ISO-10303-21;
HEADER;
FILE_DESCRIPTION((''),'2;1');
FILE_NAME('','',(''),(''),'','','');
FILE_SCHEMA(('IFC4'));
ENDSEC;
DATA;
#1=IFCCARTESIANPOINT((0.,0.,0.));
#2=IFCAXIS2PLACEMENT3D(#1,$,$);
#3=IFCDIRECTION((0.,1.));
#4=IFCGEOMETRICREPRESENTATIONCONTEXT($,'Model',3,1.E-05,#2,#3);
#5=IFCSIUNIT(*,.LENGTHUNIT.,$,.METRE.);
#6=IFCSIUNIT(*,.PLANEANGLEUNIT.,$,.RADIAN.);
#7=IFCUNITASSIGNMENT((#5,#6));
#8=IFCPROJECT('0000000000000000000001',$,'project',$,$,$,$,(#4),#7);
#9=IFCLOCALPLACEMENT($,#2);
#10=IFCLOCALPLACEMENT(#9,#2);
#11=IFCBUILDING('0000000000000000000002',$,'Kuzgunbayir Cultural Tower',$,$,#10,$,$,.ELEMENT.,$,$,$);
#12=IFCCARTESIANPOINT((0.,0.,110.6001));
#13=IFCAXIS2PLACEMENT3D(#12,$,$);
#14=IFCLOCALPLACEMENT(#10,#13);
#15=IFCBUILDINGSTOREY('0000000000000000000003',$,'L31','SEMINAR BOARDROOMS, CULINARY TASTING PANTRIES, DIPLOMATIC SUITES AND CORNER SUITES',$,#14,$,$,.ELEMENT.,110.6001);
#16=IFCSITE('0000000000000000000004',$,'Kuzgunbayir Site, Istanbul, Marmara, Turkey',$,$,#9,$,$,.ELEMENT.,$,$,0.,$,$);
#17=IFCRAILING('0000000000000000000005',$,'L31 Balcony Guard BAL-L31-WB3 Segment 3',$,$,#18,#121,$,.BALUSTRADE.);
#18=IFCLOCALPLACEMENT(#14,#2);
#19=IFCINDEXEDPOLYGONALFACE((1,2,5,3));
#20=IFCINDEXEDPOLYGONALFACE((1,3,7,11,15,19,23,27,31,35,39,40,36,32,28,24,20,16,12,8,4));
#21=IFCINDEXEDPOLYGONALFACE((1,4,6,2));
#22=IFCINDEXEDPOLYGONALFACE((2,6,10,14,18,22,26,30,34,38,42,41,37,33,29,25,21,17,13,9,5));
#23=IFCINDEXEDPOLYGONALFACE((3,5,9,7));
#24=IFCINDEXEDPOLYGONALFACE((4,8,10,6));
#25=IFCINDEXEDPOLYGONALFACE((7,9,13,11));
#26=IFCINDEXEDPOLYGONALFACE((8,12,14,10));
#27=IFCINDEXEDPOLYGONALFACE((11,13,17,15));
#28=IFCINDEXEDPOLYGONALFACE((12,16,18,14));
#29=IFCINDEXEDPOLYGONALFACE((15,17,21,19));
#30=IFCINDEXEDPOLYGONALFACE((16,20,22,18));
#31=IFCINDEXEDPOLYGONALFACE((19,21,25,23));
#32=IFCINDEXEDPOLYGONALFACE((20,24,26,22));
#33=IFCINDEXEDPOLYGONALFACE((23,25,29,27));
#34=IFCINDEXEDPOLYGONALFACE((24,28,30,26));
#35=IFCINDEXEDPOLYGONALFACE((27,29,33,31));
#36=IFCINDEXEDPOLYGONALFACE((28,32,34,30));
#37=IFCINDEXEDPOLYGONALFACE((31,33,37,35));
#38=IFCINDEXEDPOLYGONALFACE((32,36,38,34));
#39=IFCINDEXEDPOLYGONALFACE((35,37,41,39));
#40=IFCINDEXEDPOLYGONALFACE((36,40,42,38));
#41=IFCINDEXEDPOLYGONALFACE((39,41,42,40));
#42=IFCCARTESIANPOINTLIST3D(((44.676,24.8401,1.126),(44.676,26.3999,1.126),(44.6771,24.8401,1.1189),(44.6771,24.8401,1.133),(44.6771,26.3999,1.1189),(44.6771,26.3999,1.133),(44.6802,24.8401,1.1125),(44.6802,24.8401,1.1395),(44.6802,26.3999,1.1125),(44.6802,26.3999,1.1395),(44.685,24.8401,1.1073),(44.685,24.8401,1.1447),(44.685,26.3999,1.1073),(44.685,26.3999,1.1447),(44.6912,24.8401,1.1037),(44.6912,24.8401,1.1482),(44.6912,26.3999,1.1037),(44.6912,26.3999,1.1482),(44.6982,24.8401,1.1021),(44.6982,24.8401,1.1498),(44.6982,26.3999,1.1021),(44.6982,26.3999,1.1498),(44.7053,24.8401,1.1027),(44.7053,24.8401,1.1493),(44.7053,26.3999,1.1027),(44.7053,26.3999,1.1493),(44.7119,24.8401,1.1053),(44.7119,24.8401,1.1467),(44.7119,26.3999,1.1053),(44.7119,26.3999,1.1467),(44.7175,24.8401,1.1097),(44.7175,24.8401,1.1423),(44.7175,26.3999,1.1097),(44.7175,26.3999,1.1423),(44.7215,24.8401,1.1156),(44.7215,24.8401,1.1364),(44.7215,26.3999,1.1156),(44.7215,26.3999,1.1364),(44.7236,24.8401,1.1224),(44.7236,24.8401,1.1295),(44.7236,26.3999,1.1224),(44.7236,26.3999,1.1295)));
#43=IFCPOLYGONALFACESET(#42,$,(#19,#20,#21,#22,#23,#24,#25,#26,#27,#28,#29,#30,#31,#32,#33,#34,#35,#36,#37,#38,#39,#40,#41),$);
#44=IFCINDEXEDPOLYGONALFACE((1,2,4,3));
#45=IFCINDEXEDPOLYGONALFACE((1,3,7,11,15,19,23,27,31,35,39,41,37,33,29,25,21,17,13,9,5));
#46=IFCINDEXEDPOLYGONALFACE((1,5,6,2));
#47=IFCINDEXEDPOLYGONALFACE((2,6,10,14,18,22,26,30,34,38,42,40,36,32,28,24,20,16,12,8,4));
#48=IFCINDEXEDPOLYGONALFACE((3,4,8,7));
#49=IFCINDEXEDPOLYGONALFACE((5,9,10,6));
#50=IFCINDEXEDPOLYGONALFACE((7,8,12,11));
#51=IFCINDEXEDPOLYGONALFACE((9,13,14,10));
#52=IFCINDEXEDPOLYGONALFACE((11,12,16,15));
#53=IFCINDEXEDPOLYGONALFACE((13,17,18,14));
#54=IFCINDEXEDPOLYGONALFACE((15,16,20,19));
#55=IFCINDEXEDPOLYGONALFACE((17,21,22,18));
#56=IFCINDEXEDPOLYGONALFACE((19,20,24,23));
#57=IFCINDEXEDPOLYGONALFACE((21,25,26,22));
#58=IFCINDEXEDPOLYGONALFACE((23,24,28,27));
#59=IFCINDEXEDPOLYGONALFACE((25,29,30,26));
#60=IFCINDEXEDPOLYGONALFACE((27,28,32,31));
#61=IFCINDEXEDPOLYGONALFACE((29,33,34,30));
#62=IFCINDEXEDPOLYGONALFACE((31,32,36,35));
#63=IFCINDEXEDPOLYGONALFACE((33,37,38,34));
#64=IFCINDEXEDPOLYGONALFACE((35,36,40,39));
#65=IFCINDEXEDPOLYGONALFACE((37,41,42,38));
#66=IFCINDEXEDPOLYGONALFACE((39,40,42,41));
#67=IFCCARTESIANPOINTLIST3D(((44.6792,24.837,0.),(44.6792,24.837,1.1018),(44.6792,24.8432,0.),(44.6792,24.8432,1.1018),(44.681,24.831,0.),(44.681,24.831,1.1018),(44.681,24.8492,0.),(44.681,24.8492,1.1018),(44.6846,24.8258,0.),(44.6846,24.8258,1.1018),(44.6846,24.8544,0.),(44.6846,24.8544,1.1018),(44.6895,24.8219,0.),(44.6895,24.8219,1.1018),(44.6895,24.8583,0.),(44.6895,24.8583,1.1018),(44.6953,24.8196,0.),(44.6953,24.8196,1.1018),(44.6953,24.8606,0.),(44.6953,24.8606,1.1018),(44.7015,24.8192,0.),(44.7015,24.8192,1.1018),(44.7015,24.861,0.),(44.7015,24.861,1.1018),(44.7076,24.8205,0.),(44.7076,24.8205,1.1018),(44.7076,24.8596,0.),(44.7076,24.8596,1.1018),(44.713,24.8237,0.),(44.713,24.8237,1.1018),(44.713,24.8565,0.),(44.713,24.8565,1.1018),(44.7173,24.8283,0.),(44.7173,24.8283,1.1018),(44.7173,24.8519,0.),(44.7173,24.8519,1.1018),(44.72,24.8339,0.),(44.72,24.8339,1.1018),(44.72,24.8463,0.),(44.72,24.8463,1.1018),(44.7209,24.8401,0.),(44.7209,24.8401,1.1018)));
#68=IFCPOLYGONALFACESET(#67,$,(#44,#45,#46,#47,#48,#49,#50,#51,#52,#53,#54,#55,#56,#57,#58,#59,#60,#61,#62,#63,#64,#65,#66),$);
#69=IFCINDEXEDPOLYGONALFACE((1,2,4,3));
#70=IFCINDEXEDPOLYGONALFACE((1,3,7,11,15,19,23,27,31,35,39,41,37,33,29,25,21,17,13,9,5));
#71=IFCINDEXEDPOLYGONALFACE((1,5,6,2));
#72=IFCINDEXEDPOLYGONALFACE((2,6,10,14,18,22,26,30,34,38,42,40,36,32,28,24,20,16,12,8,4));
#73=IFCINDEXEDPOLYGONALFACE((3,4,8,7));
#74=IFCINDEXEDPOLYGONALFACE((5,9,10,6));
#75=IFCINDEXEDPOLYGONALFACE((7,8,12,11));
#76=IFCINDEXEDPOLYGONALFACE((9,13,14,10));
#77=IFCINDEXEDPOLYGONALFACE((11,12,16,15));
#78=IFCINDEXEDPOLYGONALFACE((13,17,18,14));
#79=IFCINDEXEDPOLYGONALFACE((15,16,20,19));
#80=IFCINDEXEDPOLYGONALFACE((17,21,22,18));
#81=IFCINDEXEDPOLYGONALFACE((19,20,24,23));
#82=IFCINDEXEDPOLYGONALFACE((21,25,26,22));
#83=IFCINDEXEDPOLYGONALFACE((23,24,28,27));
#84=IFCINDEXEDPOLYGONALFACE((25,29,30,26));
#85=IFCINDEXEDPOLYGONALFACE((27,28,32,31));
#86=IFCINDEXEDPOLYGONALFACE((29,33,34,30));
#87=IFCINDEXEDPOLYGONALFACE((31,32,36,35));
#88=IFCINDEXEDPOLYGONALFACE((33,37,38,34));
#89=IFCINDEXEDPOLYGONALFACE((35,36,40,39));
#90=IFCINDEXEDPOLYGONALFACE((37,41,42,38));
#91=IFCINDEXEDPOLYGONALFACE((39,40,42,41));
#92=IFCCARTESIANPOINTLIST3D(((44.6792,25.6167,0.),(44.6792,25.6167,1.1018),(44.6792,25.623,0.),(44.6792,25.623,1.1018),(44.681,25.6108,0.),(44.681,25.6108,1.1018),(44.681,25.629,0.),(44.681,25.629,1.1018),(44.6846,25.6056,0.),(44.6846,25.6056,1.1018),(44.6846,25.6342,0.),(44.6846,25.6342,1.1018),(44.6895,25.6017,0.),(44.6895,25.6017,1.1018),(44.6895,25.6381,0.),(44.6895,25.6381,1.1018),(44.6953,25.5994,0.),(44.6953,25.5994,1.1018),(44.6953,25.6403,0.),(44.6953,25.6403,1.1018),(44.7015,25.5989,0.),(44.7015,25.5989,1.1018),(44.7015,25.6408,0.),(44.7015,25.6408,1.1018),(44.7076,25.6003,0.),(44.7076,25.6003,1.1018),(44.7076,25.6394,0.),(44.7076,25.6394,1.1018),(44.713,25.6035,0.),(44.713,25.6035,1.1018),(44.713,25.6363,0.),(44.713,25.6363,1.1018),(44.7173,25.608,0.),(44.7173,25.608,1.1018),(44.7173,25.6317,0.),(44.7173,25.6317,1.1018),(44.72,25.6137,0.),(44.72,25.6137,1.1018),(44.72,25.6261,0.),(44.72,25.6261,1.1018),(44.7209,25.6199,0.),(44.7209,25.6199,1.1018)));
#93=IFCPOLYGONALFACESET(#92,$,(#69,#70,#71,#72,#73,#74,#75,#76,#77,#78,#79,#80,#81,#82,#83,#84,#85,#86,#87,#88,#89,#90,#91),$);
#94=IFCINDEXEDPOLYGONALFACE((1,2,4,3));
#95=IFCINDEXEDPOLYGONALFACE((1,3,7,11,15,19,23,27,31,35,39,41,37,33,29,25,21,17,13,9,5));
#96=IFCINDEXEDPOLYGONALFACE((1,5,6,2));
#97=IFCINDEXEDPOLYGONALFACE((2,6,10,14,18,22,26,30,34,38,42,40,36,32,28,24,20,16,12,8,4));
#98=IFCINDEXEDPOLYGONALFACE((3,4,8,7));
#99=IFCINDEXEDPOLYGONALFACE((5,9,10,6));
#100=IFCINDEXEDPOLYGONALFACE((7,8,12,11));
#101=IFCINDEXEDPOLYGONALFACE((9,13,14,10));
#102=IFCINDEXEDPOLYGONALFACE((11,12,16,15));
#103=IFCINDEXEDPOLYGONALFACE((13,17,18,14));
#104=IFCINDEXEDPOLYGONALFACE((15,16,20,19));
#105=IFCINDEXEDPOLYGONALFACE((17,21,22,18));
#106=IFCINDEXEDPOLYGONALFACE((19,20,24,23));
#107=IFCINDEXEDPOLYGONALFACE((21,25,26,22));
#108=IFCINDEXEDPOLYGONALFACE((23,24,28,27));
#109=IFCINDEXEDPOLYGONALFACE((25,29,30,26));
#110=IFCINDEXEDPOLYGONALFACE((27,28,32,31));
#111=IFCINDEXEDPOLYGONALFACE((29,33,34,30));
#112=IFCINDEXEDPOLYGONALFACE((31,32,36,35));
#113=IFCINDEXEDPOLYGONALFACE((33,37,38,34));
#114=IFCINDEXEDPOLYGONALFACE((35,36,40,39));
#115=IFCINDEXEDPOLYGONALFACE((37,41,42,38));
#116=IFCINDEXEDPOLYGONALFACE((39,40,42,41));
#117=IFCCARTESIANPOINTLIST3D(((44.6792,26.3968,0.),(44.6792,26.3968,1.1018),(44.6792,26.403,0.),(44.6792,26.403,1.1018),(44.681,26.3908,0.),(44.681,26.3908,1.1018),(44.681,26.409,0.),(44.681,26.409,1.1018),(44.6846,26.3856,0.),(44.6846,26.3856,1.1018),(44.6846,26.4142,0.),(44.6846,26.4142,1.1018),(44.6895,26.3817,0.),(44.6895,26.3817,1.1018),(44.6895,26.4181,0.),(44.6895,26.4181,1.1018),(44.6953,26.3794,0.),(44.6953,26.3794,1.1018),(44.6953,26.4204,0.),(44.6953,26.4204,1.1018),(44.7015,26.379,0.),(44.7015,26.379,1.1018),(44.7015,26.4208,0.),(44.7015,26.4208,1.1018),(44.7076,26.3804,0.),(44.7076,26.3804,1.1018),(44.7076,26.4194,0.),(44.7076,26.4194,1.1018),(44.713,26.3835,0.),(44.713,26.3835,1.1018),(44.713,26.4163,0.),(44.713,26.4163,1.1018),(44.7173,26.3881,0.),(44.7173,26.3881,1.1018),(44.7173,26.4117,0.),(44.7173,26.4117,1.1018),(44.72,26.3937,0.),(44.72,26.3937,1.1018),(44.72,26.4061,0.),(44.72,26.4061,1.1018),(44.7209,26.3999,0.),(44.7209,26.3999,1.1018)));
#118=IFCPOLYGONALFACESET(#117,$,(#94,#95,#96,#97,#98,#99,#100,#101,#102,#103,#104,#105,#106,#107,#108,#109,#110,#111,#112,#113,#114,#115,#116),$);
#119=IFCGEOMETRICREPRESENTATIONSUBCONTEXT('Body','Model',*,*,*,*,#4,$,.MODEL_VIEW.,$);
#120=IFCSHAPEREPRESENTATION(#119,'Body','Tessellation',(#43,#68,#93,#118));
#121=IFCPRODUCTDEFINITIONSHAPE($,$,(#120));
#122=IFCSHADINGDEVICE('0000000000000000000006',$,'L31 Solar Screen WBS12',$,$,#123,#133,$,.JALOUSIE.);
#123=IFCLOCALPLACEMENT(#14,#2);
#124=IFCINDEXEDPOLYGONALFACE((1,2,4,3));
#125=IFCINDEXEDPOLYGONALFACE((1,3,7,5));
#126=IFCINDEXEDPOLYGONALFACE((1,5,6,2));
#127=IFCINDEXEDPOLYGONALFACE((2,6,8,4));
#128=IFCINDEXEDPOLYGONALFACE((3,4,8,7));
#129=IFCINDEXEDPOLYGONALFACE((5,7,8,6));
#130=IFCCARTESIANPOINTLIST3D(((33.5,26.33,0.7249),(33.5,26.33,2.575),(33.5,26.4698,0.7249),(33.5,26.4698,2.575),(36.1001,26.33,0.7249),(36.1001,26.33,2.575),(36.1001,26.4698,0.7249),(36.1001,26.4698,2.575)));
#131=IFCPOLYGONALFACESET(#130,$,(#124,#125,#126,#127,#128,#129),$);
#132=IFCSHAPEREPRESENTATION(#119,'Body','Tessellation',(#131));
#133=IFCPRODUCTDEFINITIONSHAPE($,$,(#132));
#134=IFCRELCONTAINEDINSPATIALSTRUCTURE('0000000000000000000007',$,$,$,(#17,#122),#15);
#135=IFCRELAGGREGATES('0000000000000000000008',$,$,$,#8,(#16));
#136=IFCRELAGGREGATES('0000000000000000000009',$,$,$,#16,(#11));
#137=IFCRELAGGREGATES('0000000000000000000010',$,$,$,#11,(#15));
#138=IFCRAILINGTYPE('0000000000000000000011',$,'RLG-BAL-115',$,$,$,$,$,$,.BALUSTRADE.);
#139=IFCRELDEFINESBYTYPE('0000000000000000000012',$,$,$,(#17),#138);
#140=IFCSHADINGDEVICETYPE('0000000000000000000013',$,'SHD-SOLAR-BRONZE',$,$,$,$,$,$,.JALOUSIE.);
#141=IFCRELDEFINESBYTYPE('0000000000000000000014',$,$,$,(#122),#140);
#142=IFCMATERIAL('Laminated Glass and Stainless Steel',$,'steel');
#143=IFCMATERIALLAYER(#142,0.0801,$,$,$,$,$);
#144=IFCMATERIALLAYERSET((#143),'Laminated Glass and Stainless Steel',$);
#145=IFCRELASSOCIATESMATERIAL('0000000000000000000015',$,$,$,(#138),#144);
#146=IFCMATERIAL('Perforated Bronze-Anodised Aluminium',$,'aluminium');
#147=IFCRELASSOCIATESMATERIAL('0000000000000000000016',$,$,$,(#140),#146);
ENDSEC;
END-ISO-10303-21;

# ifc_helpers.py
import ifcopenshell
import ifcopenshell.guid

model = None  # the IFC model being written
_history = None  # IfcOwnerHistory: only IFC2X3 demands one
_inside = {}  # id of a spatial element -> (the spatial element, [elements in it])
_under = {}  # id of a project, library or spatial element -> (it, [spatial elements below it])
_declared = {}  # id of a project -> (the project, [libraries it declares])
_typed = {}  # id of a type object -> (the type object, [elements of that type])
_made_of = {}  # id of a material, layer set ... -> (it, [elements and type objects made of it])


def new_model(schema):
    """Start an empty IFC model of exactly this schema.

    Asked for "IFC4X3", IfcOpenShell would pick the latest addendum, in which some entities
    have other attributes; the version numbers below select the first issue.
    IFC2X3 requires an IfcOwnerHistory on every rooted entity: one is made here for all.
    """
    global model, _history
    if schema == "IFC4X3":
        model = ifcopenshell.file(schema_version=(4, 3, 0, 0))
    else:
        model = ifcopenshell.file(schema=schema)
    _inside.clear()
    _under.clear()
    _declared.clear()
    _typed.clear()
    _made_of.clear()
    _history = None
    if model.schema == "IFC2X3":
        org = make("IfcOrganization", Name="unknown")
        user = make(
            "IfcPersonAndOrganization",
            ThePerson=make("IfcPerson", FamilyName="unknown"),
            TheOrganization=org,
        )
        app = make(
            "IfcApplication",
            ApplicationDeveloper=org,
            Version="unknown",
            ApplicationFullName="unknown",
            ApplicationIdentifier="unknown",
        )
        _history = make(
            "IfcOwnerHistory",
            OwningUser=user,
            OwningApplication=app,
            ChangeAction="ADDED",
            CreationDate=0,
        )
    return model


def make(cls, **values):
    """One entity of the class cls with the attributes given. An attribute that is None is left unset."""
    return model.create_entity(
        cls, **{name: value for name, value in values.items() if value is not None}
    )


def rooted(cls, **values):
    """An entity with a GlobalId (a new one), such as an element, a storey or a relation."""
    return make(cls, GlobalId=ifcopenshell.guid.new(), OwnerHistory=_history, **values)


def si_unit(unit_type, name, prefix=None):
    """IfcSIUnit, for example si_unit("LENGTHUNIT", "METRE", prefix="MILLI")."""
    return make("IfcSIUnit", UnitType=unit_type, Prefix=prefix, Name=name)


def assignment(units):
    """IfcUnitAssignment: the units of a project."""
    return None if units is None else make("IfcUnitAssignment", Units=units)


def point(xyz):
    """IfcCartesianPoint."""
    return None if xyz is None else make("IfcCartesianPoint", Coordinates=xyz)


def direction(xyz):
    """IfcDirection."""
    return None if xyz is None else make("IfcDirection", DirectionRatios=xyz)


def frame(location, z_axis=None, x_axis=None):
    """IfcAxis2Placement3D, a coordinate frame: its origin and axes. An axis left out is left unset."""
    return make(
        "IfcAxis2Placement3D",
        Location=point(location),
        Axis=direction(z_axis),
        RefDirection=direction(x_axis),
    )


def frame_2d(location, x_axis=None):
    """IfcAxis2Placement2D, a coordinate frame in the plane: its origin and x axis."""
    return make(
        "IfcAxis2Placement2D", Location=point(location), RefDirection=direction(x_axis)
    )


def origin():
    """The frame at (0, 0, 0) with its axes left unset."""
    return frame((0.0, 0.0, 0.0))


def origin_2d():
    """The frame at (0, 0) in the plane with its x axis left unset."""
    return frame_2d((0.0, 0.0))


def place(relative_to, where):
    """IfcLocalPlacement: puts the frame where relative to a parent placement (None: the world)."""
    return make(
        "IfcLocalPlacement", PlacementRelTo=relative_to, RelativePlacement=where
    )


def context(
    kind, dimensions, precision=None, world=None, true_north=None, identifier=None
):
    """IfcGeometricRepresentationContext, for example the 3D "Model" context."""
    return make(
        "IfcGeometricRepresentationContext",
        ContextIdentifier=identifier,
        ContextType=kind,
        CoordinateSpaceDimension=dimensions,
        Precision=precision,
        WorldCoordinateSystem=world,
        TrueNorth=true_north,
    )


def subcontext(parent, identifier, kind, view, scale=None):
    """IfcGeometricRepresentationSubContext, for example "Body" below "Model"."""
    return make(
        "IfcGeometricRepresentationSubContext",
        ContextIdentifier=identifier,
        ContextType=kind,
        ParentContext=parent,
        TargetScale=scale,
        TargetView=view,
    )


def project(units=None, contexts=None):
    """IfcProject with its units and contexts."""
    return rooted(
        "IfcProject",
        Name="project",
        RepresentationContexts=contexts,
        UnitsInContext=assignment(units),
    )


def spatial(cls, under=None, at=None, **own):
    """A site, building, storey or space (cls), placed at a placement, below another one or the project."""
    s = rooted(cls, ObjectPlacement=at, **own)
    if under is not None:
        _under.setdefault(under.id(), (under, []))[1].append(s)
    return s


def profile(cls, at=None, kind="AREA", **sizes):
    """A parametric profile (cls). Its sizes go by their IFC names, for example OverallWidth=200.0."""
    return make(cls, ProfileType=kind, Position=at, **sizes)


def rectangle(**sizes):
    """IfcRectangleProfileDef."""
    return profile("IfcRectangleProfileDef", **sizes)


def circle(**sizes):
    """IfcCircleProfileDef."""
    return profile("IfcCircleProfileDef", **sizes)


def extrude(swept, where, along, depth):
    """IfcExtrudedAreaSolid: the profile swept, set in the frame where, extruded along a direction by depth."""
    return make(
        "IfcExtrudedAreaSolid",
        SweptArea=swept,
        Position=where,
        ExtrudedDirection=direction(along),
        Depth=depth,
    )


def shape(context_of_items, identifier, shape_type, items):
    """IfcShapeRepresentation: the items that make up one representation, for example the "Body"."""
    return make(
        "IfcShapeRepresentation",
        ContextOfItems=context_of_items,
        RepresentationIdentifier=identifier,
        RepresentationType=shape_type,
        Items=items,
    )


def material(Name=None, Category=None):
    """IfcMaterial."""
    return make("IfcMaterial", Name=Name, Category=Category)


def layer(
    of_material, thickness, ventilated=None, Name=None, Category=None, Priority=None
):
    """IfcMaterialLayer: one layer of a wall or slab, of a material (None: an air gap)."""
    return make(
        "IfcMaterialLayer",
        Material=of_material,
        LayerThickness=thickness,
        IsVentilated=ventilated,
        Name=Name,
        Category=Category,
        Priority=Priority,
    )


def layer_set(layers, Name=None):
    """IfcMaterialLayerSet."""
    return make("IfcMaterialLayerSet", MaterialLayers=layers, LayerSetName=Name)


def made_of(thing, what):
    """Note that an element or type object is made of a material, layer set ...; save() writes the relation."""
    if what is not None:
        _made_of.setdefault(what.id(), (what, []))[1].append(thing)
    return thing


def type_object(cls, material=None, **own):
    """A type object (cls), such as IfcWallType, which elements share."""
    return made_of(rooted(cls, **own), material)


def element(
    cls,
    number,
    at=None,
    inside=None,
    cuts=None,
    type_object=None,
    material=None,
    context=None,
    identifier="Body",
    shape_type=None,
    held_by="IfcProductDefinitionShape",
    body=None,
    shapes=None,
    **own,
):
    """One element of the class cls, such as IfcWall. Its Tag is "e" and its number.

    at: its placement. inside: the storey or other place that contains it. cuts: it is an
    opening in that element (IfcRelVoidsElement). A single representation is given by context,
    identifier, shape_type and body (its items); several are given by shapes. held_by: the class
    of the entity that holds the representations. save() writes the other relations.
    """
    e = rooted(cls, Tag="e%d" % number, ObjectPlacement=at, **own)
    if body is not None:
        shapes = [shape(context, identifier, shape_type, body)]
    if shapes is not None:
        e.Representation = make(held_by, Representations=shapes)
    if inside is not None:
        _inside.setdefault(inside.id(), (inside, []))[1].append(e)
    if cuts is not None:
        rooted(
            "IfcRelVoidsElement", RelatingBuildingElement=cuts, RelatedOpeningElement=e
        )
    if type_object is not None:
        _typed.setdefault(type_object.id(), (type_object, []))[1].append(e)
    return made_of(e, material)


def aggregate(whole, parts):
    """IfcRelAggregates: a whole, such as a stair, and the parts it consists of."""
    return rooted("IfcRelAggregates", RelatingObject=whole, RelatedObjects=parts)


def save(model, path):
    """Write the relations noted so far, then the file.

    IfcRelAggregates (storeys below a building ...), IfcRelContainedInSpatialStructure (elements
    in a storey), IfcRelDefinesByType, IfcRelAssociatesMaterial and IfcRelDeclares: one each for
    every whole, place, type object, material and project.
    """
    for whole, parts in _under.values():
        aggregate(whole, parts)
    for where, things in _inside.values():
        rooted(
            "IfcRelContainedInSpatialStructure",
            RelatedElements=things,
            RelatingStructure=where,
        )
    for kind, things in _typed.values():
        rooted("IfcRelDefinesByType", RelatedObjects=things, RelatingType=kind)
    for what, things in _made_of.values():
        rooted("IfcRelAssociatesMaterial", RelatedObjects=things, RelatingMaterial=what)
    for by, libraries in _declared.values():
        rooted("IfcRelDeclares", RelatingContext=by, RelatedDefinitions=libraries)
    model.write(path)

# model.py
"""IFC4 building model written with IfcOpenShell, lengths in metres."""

from ifc_helpers import new_model, si_unit, direction, frame, origin, origin_2d, place, context, subcontext, project, spatial, rectangle, circle, extrude, material, layer, layer_set, type_object, element, save


model = new_model("IFC4")

# Units and contexts
model_context = context("Model", 3, precision=1e-05, world=origin(), true_north=direction((0.0, 1.0)))
body_context = subcontext(model_context, "Body", "Model", "MODEL_VIEW")
ifc_project = project(units=[si_unit("LENGTHUNIT", "METRE"), si_unit("PLANEANGLEUNIT", "RADIAN")], contexts=[model_context])

# Site, building, storey
site_placement = place(None, origin())
site = spatial("IfcSite", under=ifc_project, at=site_placement, Name="Kuzgunbayir Site, Istanbul, Marmara, Turkey", CompositionType="ELEMENT", RefElevation=0.0)
building_placement = place(site_placement, origin())
building = spatial("IfcBuilding", under=site, at=building_placement, Name="Kuzgunbayir Cultural Tower", CompositionType="ELEMENT")
storey_placement = place(building_placement, frame((0.0, 0.0, 110.6001)))
storey = spatial("IfcBuildingStorey", under=building, at=storey_placement, Name="L31", Description="SEMINAR BOARDROOMS, CULINARY TASTING PANTRIES, DIPLOMATIC SUITES AND CORNER SUITES", CompositionType="ELEMENT", Elevation=110.6001)

# Railing
ifc_material_1 = material(Name="Laminated Glass and Stainless Steel", Category="steel")
ifc_layer_1 = layer(ifc_material_1, 0.0801)
ifc_layer_set_1 = layer_set([ifc_layer_1], Name="Laminated Glass and Stainless Steel")
railing_type = type_object("IfcRailingType", Name="RLG-BAL-115", PredefinedType="BALUSTRADE", material=ifc_layer_set_1)
railing_1_placement = place(storey_placement, frame((44.7, 24.8401, 0.0)))
element("IfcRailing", 1, at=railing_1_placement, inside=storey, type_object=railing_type, Name="L31 Balcony Guard BAL-L31-WB3 Segment 3", PredefinedType="BALUSTRADE", context=body_context, shape_type="SweptSolid", body=[
    extrude(circle(Radius=0.0239, at=origin_2d()), frame((0.0, 0.0, 1.126), z_axis=(0.0, 1.0, 0.0), x_axis=(-1.0, 0.0, 0.0)), (0.0, 0.0, 1.0), 1.5598),
    extrude(circle(Radius=0.021, at=origin_2d()), origin(), (0.0, 0.0, 1.0), 1.1018),
    extrude(circle(Radius=0.021, at=origin_2d()), frame((0.0, 0.7798, 0.0)), (0.0, 0.0, 1.0), 1.1018),
    extrude(circle(Radius=0.021, at=origin_2d()), frame((0.0, 1.5598, 0.0)), (0.0, 0.0, 1.0), 1.1018),
])

# Shading device
ifc_material_2 = material(Name="Perforated Bronze-Anodised Aluminium", Category="aluminium")
shading_device_type = type_object("IfcShadingDeviceType", Name="SHD-SOLAR-BRONZE", PredefinedType="JALOUSIE", material=ifc_material_2)
shading_device_placement = place(storey_placement, frame((34.8, 26.3999, 0.7249), z_axis=(0.0, 0.0, 1.0), x_axis=(1.0, 0.0, 0.0)))
element("IfcShadingDevice", 2, at=shading_device_placement, inside=storey, type_object=shading_device_type, Name="L31 Solar Screen WBS12", PredefinedType="JALOUSIE", context=body_context, shape_type="SweptSolid", body=[
    extrude(rectangle(XDim=2.6001, YDim=0.1399, at=origin_2d()), origin(), (0.0, 0.0, 1.0), 1.8501),
])

save(model, "model.ifc")
